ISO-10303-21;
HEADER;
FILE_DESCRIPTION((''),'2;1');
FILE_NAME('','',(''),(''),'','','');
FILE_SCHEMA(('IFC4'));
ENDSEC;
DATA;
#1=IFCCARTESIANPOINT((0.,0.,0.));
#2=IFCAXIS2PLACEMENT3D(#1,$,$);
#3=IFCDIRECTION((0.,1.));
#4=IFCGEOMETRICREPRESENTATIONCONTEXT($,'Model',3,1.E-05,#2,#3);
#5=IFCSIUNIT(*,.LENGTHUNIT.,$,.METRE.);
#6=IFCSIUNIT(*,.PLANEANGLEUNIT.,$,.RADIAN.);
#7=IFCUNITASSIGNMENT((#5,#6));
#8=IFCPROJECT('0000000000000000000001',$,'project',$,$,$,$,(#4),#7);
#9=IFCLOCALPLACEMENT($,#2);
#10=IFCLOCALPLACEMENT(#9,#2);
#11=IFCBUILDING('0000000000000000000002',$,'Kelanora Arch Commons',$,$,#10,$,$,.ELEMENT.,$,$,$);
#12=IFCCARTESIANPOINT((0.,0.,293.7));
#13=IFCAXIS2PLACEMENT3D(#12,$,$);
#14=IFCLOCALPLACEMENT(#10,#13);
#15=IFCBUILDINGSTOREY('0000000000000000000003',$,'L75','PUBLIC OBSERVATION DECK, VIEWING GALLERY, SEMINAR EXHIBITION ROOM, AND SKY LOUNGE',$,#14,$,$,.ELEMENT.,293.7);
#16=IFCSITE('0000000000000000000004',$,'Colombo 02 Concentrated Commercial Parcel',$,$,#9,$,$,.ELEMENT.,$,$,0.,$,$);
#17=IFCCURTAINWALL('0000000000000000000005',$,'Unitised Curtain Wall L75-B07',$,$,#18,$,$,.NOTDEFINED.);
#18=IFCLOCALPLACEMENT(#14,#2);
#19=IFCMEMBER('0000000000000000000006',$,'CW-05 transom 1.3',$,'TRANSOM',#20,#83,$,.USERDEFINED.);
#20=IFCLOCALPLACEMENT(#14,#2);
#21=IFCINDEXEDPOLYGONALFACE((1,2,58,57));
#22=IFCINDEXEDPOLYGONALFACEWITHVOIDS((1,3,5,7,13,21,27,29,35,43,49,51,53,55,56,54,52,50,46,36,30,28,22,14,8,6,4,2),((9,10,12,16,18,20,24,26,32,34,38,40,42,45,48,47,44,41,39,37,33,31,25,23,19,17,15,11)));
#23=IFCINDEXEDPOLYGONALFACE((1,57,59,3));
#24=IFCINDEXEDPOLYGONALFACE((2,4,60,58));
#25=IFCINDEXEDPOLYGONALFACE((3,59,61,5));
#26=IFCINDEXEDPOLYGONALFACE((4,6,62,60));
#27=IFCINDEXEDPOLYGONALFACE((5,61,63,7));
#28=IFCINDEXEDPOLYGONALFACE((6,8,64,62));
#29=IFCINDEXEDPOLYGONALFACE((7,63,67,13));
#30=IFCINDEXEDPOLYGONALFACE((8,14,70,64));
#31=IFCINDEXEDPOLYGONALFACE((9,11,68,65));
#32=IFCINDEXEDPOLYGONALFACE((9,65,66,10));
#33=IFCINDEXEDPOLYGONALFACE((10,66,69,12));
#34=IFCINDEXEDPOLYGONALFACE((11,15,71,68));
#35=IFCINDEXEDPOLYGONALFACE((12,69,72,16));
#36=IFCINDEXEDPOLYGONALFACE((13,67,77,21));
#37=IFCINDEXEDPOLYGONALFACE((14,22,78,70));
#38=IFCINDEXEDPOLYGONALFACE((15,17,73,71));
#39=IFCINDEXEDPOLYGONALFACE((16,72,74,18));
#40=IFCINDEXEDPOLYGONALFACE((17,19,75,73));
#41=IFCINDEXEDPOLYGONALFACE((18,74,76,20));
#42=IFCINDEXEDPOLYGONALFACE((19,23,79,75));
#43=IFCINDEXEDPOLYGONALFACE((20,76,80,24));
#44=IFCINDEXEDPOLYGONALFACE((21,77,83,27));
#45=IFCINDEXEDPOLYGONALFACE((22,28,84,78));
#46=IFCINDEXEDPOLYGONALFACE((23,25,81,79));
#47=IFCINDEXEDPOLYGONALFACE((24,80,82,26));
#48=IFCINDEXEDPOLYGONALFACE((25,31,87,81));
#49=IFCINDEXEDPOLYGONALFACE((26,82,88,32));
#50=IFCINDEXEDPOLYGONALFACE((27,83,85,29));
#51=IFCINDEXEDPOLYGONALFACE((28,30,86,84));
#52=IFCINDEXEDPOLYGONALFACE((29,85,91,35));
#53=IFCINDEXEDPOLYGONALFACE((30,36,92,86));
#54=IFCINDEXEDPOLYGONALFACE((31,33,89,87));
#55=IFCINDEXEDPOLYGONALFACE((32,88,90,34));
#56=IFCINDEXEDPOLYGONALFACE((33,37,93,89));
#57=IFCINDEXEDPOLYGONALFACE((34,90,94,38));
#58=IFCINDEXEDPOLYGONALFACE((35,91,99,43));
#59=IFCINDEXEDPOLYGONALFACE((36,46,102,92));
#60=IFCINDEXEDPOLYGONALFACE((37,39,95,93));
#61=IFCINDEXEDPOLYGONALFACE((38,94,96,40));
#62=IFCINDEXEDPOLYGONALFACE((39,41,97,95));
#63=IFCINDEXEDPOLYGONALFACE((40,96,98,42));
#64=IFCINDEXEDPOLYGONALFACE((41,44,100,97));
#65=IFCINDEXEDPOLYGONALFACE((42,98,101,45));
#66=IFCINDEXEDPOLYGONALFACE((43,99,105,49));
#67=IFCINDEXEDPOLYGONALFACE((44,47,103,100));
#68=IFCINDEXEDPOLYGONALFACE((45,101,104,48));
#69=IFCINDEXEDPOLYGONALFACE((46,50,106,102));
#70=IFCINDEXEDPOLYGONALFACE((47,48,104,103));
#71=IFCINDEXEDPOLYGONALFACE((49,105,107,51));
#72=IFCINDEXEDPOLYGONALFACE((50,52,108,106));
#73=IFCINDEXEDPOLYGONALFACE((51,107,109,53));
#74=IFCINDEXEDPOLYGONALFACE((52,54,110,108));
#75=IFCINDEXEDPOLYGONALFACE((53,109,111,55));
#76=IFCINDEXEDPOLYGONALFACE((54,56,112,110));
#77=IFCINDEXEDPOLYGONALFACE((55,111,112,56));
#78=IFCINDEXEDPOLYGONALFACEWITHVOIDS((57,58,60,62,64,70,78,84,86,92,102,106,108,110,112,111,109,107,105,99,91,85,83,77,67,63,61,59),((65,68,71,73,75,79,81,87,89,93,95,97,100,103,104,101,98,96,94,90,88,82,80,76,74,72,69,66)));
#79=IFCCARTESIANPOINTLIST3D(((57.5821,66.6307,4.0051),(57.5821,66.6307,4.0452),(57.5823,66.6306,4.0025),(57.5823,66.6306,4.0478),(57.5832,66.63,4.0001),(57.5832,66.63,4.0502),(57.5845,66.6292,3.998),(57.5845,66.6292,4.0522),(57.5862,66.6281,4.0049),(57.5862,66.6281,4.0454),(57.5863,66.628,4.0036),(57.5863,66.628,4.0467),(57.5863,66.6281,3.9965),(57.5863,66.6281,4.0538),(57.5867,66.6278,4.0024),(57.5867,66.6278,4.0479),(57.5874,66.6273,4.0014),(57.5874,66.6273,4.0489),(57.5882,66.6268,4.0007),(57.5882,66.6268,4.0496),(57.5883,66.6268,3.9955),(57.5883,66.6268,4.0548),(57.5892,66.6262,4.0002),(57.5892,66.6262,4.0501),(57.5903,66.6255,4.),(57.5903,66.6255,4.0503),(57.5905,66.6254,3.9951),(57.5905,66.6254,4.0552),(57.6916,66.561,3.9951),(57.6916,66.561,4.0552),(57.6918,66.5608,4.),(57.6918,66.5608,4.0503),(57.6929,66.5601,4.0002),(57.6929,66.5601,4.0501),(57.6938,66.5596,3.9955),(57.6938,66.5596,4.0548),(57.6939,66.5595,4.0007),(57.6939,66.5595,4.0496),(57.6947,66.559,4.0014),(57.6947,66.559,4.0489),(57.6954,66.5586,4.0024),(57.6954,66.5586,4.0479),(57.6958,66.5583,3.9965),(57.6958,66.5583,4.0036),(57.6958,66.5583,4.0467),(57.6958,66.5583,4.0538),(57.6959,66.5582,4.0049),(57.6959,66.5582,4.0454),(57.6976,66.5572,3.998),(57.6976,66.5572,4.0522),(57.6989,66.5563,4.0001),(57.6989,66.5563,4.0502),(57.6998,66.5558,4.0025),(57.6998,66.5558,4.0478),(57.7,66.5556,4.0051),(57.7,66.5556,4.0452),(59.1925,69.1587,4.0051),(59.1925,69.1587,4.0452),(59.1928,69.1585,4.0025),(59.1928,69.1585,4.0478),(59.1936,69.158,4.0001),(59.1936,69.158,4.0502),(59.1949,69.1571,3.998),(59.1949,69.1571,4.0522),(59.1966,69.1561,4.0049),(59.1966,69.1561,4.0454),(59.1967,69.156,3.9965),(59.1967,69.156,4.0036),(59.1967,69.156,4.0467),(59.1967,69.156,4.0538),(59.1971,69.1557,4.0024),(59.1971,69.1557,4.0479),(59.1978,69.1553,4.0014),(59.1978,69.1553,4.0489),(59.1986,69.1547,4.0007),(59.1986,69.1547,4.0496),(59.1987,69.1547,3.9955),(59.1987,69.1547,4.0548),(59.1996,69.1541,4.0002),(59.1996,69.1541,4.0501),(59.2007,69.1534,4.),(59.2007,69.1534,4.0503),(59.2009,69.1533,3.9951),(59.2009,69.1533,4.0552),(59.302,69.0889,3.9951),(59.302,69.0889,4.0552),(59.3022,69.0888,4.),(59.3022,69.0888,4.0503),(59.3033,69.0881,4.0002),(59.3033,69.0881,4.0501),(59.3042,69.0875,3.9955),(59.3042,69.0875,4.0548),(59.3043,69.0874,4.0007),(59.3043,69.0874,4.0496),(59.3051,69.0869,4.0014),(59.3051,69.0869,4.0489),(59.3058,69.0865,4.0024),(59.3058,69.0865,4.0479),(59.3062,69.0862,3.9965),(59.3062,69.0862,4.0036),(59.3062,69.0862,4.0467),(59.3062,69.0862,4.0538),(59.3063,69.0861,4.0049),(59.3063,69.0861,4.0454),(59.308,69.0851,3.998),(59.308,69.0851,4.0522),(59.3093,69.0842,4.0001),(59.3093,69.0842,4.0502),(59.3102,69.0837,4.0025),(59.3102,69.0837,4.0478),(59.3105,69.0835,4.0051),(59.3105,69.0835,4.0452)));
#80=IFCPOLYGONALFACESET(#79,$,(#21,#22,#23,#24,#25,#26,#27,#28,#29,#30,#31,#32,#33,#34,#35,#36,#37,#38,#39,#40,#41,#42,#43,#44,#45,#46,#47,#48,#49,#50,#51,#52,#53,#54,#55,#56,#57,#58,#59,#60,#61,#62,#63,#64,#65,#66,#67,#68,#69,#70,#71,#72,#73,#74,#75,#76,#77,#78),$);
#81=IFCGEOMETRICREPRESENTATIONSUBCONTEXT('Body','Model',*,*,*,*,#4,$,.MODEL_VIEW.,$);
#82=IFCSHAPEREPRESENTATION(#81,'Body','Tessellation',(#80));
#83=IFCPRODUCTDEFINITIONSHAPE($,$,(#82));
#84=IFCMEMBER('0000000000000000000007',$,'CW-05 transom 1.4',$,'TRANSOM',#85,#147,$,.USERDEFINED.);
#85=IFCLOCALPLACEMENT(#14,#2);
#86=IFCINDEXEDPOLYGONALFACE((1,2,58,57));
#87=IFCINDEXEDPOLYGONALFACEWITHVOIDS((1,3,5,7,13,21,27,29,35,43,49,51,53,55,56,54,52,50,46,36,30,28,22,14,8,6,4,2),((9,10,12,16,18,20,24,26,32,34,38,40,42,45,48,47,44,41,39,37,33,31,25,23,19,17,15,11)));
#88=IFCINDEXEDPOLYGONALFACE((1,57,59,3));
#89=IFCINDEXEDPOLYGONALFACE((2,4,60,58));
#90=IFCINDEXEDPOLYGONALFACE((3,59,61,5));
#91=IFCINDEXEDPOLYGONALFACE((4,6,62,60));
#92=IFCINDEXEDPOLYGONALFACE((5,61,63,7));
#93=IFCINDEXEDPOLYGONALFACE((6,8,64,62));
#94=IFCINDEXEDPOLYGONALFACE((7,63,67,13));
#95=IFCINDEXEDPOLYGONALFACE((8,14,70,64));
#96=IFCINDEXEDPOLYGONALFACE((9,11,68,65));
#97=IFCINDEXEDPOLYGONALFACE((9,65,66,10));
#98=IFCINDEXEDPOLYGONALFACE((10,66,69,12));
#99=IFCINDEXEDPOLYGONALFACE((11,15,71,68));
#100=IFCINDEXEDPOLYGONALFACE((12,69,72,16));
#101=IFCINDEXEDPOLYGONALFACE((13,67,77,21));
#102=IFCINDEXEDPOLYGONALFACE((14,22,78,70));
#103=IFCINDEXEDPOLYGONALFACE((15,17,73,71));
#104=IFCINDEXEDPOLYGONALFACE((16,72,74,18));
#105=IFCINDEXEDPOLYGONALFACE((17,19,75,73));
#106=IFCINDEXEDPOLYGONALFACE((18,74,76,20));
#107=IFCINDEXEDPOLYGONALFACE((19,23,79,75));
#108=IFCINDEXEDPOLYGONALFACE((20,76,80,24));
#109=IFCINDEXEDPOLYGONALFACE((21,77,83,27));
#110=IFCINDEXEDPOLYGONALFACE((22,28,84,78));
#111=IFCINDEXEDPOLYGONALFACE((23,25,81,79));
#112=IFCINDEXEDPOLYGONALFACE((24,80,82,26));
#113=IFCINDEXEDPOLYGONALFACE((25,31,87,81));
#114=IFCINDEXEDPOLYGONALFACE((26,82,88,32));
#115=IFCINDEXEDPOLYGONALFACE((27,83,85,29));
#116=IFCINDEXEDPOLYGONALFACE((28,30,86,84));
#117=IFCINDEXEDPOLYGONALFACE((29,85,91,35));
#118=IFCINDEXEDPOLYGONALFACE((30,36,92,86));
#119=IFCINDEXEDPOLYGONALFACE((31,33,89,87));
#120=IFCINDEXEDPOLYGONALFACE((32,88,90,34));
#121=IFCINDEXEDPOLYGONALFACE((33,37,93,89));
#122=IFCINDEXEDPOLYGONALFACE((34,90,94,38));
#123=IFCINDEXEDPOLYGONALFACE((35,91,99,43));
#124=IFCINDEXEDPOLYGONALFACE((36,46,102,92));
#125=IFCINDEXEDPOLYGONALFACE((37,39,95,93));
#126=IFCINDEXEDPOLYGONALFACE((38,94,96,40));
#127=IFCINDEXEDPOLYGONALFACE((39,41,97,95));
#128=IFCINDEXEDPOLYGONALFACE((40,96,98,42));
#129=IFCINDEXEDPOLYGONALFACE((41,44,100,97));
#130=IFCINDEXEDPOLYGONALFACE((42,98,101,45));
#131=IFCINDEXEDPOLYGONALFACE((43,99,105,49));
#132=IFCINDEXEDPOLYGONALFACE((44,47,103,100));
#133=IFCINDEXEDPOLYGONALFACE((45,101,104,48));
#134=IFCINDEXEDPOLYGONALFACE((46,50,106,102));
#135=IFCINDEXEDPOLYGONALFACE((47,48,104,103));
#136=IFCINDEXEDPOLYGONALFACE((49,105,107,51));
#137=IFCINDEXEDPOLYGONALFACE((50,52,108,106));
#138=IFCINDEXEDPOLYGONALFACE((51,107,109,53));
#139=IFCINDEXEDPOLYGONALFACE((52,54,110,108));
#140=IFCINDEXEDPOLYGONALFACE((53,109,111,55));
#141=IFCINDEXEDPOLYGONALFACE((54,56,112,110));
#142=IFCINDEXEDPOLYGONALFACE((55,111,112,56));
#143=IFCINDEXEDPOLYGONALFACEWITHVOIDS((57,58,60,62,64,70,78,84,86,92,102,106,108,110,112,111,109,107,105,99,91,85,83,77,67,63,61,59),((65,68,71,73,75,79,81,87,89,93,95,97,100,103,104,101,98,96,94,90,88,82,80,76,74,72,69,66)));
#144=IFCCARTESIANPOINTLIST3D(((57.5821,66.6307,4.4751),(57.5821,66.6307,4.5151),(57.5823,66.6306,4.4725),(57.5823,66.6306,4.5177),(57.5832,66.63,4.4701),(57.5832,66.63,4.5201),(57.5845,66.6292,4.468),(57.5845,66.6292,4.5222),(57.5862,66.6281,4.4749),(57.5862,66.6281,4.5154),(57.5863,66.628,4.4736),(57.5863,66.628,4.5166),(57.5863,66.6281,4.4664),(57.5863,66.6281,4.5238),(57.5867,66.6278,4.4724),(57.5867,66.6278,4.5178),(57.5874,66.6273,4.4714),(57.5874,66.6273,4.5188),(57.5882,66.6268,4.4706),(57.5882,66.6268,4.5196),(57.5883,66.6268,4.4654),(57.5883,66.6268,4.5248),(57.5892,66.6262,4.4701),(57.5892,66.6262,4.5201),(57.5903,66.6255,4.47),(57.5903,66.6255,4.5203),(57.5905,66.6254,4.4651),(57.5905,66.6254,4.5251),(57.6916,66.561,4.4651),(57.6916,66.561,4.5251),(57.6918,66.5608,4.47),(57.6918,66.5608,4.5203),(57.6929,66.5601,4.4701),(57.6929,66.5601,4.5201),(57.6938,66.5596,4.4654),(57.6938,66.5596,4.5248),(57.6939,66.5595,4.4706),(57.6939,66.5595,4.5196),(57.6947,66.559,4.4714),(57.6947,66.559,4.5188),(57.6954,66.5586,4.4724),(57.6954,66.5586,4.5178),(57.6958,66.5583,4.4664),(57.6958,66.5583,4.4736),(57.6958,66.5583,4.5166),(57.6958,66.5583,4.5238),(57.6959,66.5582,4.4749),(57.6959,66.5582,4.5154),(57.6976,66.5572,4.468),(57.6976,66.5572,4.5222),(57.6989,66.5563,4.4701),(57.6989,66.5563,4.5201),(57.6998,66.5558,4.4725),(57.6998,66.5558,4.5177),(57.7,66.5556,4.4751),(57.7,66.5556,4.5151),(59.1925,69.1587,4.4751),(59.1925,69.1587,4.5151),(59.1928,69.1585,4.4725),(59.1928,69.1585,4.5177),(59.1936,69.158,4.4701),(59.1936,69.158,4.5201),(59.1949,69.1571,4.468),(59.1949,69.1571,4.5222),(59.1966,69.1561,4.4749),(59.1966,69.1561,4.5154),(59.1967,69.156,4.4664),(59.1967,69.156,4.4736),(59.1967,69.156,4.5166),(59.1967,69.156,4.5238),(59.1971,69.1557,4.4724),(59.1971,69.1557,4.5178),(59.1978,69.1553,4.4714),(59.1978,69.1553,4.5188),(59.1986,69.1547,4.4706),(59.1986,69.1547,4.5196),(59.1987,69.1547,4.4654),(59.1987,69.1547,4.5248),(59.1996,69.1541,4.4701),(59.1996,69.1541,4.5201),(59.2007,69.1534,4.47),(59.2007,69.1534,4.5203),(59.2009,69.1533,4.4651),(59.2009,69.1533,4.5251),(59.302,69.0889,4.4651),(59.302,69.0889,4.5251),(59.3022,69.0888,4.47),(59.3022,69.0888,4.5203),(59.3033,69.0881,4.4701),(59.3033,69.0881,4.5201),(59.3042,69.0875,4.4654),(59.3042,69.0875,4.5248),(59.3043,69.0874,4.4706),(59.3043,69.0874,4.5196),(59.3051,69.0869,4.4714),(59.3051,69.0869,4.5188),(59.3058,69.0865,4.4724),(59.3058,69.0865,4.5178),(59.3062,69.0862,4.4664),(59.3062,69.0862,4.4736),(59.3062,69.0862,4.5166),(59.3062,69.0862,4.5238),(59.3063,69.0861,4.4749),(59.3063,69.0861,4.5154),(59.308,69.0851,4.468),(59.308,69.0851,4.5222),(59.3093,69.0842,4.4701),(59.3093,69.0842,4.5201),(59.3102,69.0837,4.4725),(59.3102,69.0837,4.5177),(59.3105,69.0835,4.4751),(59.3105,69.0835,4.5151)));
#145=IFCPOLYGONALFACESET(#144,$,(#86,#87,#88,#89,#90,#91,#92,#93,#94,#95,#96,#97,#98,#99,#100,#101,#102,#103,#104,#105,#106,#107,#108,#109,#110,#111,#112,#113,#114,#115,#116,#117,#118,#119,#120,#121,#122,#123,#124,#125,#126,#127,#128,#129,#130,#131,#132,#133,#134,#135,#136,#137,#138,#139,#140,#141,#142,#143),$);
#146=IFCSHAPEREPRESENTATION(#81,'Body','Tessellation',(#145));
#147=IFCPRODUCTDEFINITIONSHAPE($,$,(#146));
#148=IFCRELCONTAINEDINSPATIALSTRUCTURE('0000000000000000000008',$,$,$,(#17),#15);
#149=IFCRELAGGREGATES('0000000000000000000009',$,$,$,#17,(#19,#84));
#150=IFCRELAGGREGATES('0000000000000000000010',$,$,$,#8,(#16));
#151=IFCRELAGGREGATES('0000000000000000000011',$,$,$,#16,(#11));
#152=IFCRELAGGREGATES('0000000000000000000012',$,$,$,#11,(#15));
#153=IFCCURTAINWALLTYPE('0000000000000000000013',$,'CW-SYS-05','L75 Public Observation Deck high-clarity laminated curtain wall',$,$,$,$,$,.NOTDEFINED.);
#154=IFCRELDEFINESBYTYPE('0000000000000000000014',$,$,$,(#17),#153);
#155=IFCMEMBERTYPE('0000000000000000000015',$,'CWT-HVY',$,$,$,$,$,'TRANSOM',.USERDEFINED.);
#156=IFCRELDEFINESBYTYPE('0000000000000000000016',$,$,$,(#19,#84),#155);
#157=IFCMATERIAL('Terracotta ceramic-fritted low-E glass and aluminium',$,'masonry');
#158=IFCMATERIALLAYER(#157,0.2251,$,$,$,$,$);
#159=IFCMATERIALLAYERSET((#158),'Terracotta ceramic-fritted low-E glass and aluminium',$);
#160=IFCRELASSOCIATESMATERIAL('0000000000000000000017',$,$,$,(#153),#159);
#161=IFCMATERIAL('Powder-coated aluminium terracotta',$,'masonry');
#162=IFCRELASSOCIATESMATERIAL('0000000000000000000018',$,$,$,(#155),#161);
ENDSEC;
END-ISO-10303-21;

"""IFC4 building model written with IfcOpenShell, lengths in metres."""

from ifc_helpers import new_model, si_unit, direction, frame, origin, origin_2d, place, context, subcontext, project, spatial, hollow_rectangle, extrude, material, layer, layer_set, material_profile, profile_set, type_object, element, aggregate, save


model = new_model("IFC4")

# Units and contexts
model_context = context("Model", 3, precision=1e-05, world=origin(), true_north=direction((0.0, 1.0)))
body_context = subcontext(model_context, "Body", "Model", "MODEL_VIEW")
ifc_project = project(units=[si_unit("LENGTHUNIT", "METRE"), si_unit("PLANEANGLEUNIT", "RADIAN")], contexts=[model_context])

# Site, building, storey
site_placement = place(None, origin())
site = spatial("IfcSite", under=ifc_project, at=site_placement, Name="Colombo 02 Concentrated Commercial Parcel", CompositionType="ELEMENT", RefElevation=0.0)
building_placement = place(site_placement, origin())
building = spatial("IfcBuilding", under=site, at=building_placement, Name="Kelanora Arch Commons", CompositionType="ELEMENT")
storey_placement = place(building_placement, frame((0.0, 0.0, 293.7)))
storey = spatial("IfcBuildingStorey", under=building, at=storey_placement, Name="L75", Description="PUBLIC OBSERVATION DECK, VIEWING GALLERY, SEMINAR EXHIBITION ROOM, AND SKY LOUNGE", CompositionType="ELEMENT", Elevation=293.7)

# Curtain wall
ifc_material_1 = material(Name="Terracotta ceramic-fritted low-E glass and aluminium", Category="masonry")
ifc_layer_1 = layer(ifc_material_1, 0.2251)
ifc_layer_set_1 = layer_set([ifc_layer_1], Name="Terracotta ceramic-fritted low-E glass and aluminium")
curtain_wall_type = type_object("IfcCurtainWallType", Name="CW-SYS-05", Description="L75 Public Observation Deck high-clarity laminated curtain wall", PredefinedType="NOTDEFINED", material=ifc_layer_set_1)
ifc_material_2 = material(Name="Powder-coated aluminium terracotta", Category="masonry")
curtain_wall_1_placement = place(storey_placement, origin())
curtain_wall_1 = element("IfcCurtainWall", 1, at=curtain_wall_1_placement, inside=storey, type_object=curtain_wall_type, Name="Unitised Curtain Wall L75-B07", PredefinedType="NOTDEFINED")

# Members
ifc_material_profile_1 = material_profile(ifc_material_2, hollow_rectangle(XDim=0.1399, YDim=0.0601, WallThickness=0.0049, InnerFilletRadius=0.0049, OuterFilletRadius=0.01, at=origin_2d()), Name="CWT140x60")
ifc_profile_set_1 = profile_set([ifc_material_profile_1], Name="Powder-coated aluminium terracotta")
member_type_1 = type_object("IfcMemberType", Name="CWT-HVY", ElementType="TRANSOM", PredefinedType="USERDEFINED", material=ifc_profile_set_1)
member_1_placement = place(storey_placement, frame((59.2515, 69.1211, 4.0251), z_axis=(-0.537287, -0.8434, 0.0), x_axis=(0.8434, -0.537287, 0.0)))
member_1 = element("IfcMember", 2, at=member_1_placement, type_object=member_type_1, Name="CW-05 transom 1.3", ObjectType="TRANSOM", PredefinedType="USERDEFINED", context=body_context, shape_type="SweptSolid", body=[
    extrude(hollow_rectangle(XDim=0.1399, YDim=0.0601, WallThickness=0.0049, InnerFilletRadius=0.0049, OuterFilletRadius=0.01, at=origin_2d()), origin(), (0.0, 0.0, 1.0), 2.9973),
])
member_2_placement = place(storey_placement, frame((59.2515, 69.1211, 4.4951), z_axis=(-0.537287, -0.8434, 0.0), x_axis=(0.8434, -0.537287, 0.0)))
member_2 = element("IfcMember", 3, at=member_2_placement, type_object=member_type_1, Name="CW-05 transom 1.4", ObjectType="TRANSOM", PredefinedType="USERDEFINED", context=body_context, shape_type="SweptSolid", body=[
    extrude(hollow_rectangle(XDim=0.1399, YDim=0.0601, WallThickness=0.0049, InnerFilletRadius=0.0049, OuterFilletRadius=0.01, at=origin_2d()), origin(), (0.0, 0.0, 1.0), 2.9973),
])

aggregate(curtain_wall_1, [member_1, member_2])

save(model, "model.ifc")
